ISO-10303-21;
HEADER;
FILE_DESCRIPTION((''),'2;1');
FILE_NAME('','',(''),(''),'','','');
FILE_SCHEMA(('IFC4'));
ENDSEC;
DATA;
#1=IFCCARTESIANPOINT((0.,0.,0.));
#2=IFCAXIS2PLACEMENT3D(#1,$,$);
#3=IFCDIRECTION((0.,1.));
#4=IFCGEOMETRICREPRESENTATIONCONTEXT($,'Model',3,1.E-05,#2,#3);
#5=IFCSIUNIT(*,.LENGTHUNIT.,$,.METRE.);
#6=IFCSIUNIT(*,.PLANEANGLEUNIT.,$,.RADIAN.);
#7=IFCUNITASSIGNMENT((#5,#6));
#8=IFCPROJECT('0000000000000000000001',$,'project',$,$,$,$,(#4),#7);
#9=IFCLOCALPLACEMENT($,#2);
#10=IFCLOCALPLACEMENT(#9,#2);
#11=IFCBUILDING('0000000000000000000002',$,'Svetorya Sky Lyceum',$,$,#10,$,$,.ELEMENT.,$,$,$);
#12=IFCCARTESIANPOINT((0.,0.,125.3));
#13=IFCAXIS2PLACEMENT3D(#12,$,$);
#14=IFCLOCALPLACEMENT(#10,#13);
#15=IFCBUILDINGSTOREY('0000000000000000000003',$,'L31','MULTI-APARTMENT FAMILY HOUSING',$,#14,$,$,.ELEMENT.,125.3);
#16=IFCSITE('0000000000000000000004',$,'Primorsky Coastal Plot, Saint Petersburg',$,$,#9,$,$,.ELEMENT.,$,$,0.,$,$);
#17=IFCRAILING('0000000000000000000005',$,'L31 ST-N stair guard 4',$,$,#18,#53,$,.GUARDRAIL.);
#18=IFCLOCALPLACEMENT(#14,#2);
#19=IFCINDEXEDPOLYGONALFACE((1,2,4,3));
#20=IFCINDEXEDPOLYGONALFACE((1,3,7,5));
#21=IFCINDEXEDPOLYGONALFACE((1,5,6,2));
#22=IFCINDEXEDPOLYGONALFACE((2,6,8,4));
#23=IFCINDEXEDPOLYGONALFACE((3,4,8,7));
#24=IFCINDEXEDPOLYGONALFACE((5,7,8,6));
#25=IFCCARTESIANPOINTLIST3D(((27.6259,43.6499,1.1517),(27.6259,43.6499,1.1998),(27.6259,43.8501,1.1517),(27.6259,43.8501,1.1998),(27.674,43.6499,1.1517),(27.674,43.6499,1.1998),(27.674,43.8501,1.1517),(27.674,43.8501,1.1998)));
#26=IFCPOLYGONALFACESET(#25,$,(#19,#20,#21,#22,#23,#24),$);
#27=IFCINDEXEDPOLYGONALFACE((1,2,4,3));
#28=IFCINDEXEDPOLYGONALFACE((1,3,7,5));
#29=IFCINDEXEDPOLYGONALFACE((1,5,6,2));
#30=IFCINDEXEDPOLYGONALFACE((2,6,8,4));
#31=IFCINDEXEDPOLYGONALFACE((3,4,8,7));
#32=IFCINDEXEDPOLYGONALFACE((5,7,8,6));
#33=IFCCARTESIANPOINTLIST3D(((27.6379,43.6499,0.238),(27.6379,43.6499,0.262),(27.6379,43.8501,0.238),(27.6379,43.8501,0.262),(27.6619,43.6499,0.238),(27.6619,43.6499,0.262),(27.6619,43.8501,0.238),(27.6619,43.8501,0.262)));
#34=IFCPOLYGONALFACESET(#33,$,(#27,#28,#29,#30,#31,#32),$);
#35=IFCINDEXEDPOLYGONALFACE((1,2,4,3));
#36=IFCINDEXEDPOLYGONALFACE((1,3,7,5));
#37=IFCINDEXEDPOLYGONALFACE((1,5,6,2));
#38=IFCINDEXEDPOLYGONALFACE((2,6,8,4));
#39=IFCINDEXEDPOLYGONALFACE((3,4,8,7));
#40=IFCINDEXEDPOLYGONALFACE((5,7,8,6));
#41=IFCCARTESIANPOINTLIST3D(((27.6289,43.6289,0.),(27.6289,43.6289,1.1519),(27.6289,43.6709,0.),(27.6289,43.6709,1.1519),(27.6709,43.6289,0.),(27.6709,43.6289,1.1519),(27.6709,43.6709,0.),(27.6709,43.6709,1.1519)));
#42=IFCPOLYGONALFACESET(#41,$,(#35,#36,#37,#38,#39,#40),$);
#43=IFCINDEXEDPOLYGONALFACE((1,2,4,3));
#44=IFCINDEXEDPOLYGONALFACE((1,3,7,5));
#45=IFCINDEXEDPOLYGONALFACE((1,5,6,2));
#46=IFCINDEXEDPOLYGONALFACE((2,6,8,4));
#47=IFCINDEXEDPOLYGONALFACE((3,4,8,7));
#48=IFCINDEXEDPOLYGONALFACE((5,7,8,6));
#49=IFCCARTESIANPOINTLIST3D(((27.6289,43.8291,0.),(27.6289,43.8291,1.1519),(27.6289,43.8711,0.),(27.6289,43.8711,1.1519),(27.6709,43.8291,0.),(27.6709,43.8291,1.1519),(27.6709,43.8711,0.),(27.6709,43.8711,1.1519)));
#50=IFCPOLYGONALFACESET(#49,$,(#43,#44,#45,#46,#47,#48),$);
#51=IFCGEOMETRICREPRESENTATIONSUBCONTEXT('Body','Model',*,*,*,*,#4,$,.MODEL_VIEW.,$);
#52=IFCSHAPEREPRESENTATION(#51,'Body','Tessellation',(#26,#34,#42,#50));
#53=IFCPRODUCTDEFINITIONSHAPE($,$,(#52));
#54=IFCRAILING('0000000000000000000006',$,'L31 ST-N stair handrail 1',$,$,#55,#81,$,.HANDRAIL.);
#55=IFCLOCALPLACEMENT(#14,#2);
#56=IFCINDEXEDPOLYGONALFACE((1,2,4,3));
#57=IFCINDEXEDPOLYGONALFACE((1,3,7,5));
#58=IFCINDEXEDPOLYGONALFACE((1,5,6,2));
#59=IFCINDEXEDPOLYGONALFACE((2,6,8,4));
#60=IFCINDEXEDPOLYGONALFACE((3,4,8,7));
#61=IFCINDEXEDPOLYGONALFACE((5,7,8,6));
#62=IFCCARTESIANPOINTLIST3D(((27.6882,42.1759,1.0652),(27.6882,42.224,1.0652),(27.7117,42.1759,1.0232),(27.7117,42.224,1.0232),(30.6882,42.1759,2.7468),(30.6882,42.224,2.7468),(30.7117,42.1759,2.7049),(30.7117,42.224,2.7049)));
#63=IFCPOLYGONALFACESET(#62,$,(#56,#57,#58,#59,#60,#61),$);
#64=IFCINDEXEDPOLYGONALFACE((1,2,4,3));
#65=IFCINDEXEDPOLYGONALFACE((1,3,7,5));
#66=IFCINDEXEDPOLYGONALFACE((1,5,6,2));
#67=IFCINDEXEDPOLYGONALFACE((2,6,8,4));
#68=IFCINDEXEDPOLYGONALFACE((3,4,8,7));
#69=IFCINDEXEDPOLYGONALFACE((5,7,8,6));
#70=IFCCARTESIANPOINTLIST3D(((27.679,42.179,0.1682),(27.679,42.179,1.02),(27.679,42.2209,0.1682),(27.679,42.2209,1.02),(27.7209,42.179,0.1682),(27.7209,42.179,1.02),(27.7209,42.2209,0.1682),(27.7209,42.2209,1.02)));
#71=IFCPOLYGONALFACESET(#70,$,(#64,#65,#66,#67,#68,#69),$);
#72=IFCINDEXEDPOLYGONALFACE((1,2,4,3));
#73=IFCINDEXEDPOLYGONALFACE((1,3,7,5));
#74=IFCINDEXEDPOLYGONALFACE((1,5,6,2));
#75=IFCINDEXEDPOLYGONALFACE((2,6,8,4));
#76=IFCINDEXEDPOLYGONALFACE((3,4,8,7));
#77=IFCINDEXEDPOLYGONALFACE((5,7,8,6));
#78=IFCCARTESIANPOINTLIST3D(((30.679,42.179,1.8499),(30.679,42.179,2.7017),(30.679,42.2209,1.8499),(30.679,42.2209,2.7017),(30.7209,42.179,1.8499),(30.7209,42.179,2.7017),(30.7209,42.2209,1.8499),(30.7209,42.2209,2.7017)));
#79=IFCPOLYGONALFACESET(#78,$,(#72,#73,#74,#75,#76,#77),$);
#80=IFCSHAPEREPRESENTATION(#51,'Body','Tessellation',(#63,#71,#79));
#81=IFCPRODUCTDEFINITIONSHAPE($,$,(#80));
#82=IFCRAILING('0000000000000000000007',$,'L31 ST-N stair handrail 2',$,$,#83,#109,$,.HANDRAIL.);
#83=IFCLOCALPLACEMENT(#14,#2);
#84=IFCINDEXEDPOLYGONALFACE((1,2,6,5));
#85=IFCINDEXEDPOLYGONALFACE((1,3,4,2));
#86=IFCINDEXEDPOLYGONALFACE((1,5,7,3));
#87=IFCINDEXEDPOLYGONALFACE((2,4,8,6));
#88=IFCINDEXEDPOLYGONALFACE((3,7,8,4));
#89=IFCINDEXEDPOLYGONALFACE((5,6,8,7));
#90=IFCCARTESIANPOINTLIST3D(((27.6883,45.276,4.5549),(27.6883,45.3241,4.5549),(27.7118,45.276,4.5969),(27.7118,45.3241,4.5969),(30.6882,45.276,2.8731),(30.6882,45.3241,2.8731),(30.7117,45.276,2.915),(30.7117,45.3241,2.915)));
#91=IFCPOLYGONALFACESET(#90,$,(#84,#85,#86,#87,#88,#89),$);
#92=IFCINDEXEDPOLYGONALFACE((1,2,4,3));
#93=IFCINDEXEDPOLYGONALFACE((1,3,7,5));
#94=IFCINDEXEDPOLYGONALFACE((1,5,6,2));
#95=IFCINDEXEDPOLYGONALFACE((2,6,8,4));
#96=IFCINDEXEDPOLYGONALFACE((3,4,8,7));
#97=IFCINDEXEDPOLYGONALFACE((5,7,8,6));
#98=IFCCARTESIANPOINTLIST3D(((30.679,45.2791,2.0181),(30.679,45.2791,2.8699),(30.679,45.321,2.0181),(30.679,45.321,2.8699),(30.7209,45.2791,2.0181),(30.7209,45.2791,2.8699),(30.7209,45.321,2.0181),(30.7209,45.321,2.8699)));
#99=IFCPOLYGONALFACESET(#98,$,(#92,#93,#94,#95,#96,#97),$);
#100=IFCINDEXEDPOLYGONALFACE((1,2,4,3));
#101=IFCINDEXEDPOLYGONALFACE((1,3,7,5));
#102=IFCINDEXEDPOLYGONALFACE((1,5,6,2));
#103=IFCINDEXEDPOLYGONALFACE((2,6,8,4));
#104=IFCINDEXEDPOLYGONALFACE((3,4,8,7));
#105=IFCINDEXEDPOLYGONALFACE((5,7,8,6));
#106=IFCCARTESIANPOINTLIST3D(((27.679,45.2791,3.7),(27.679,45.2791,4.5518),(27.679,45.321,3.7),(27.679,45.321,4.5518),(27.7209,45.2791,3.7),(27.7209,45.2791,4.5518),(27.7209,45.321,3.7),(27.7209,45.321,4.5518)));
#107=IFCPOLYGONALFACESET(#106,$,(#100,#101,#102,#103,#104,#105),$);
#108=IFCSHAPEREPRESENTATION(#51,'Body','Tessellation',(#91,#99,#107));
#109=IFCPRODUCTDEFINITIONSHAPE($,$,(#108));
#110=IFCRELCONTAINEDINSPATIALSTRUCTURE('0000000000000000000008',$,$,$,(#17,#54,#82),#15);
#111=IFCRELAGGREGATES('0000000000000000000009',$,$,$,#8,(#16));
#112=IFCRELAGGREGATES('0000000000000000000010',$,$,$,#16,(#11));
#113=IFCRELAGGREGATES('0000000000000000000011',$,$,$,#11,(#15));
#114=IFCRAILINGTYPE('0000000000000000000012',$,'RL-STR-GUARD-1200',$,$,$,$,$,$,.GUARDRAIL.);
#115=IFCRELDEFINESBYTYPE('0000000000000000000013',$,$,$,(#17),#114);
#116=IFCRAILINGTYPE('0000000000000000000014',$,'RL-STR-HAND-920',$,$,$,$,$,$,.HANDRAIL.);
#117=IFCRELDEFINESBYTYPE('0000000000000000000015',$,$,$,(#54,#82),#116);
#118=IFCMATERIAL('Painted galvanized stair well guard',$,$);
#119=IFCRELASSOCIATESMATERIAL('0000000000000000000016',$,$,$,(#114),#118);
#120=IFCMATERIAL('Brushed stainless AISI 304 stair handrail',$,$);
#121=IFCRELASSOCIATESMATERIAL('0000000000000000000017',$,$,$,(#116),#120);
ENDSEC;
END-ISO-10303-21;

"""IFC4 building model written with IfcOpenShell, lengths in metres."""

from ifc_helpers import new_model, si_unit, direction, frame, origin, origin_2d, place, context, subcontext, project, spatial, rectangle, extrude, material, type_object, element, save


model = new_model("IFC4")

# Units and contexts
model_context = context("Model", 3, precision=1e-05, world=origin(), true_north=direction((0.0, 1.0)))
body_context = subcontext(model_context, "Body", "Model", "MODEL_VIEW")
ifc_project = project(units=[si_unit("LENGTHUNIT", "METRE"), si_unit("PLANEANGLEUNIT", "RADIAN")], contexts=[model_context])

# Site, building, storey
site_placement = place(None, origin())
site = spatial("IfcSite", under=ifc_project, at=site_placement, Name="Primorsky Coastal Plot, Saint Petersburg", CompositionType="ELEMENT", RefElevation=0.0)
building_placement = place(site_placement, origin())
building = spatial("IfcBuilding", under=site, at=building_placement, Name="Svetorya Sky Lyceum", CompositionType="ELEMENT")
storey_placement = place(building_placement, frame((0.0, 0.0, 125.3)))
storey = spatial("IfcBuildingStorey", under=building, at=storey_placement, Name="L31", Description="MULTI-APARTMENT FAMILY HOUSING", CompositionType="ELEMENT", Elevation=125.3)

# Railings
ifc_material_1 = material(Name="Painted galvanized stair well guard")
railing_type_1 = type_object("IfcRailingType", Name="RL-STR-GUARD-1200", PredefinedType="GUARDRAIL", material=ifc_material_1)
railing_1_placement = place(storey_placement, frame((27.6499, 43.6499, 0.0)))
element("IfcRailing", 1, at=railing_1_placement, inside=storey, type_object=railing_type_1, Name="L31 ST-N stair guard 4", PredefinedType="GUARDRAIL", context=body_context, shape_type="SweptSolid", body=[
    extrude(rectangle(XDim=0.0481, YDim=0.0481, at=origin_2d()), frame((0.0, 0.0, 1.1758), z_axis=(0.0, 1.0, 0.0), x_axis=(-1.0, 0.0, 0.0)), (0.0, 0.0, 1.0), 0.2002),
    extrude(rectangle(XDim=0.0239, YDim=0.0239, at=origin_2d()), frame((0.0, 0.0, 0.25), z_axis=(0.0, 1.0, 0.0), x_axis=(-1.0, 0.0, 0.0)), (0.0, 0.0, 1.0), 0.2002),
    extrude(rectangle(XDim=0.042, YDim=0.042, at=origin_2d()), origin(), (0.0, 0.0, 1.0), 1.1519),
    extrude(rectangle(XDim=0.042, YDim=0.042, at=origin_2d()), frame((0.0, 0.2002, 0.0)), (0.0, 0.0, 1.0), 1.1519),
])
ifc_material_2 = material(Name="Brushed stainless AISI 304 stair handrail")
railing_type_2 = type_object("IfcRailingType", Name="RL-STR-HAND-920", PredefinedType="HANDRAIL", material=ifc_material_2)
railing_2_placement = place(storey_placement, frame((27.7, 42.2, 0.1682)))
element("IfcRailing", 2, at=railing_2_placement, inside=storey, type_object=railing_type_2, Name="L31 ST-N stair handrail 1", PredefinedType="HANDRAIL", context=body_context, shape_type="SweptSolid", body=[
    extrude(rectangle(XDim=0.0481, YDim=0.0481, at=origin_2d()), frame((0.0, 0.0, 0.876), z_axis=(0.872303, 0.0, 0.488966), x_axis=(0.0, 1.0, 0.0)), (0.0, 0.0, 1.0), 3.4392),
    extrude(rectangle(XDim=0.042, YDim=0.042, at=origin_2d()), origin(), (0.0, 0.0, 1.0), 0.8518),
    extrude(rectangle(XDim=0.042, YDim=0.042, at=origin_2d()), frame((3.0, 0.0, 1.6816)), (0.0, 0.0, 1.0), 0.8518),
])
railing_3_placement = place(storey_placement, frame((30.7, 45.3, 2.0181)))
element("IfcRailing", 3, at=railing_3_placement, inside=storey, type_object=railing_type_2, Name="L31 ST-N stair handrail 2", PredefinedType="HANDRAIL", context=body_context, shape_type="SweptSolid", body=[
    extrude(rectangle(XDim=0.0481, YDim=0.0481, at=origin_2d()), frame((0.0, 0.0, 0.876), z_axis=(-0.872272, 0.0, 0.48902), x_axis=(0.0, -1.0, 0.0)), (0.0, 0.0, 1.0), 3.4392),
    extrude(rectangle(XDim=0.042, YDim=0.042, at=origin_2d()), origin(), (0.0, 0.0, 1.0), 0.8518),
    extrude(rectangle(XDim=0.042, YDim=0.042, at=origin_2d()), frame((-3.0, 0.0, 1.6819)), (0.0, 0.0, 1.0), 0.8518),
])

save(model, "model.ifc")
